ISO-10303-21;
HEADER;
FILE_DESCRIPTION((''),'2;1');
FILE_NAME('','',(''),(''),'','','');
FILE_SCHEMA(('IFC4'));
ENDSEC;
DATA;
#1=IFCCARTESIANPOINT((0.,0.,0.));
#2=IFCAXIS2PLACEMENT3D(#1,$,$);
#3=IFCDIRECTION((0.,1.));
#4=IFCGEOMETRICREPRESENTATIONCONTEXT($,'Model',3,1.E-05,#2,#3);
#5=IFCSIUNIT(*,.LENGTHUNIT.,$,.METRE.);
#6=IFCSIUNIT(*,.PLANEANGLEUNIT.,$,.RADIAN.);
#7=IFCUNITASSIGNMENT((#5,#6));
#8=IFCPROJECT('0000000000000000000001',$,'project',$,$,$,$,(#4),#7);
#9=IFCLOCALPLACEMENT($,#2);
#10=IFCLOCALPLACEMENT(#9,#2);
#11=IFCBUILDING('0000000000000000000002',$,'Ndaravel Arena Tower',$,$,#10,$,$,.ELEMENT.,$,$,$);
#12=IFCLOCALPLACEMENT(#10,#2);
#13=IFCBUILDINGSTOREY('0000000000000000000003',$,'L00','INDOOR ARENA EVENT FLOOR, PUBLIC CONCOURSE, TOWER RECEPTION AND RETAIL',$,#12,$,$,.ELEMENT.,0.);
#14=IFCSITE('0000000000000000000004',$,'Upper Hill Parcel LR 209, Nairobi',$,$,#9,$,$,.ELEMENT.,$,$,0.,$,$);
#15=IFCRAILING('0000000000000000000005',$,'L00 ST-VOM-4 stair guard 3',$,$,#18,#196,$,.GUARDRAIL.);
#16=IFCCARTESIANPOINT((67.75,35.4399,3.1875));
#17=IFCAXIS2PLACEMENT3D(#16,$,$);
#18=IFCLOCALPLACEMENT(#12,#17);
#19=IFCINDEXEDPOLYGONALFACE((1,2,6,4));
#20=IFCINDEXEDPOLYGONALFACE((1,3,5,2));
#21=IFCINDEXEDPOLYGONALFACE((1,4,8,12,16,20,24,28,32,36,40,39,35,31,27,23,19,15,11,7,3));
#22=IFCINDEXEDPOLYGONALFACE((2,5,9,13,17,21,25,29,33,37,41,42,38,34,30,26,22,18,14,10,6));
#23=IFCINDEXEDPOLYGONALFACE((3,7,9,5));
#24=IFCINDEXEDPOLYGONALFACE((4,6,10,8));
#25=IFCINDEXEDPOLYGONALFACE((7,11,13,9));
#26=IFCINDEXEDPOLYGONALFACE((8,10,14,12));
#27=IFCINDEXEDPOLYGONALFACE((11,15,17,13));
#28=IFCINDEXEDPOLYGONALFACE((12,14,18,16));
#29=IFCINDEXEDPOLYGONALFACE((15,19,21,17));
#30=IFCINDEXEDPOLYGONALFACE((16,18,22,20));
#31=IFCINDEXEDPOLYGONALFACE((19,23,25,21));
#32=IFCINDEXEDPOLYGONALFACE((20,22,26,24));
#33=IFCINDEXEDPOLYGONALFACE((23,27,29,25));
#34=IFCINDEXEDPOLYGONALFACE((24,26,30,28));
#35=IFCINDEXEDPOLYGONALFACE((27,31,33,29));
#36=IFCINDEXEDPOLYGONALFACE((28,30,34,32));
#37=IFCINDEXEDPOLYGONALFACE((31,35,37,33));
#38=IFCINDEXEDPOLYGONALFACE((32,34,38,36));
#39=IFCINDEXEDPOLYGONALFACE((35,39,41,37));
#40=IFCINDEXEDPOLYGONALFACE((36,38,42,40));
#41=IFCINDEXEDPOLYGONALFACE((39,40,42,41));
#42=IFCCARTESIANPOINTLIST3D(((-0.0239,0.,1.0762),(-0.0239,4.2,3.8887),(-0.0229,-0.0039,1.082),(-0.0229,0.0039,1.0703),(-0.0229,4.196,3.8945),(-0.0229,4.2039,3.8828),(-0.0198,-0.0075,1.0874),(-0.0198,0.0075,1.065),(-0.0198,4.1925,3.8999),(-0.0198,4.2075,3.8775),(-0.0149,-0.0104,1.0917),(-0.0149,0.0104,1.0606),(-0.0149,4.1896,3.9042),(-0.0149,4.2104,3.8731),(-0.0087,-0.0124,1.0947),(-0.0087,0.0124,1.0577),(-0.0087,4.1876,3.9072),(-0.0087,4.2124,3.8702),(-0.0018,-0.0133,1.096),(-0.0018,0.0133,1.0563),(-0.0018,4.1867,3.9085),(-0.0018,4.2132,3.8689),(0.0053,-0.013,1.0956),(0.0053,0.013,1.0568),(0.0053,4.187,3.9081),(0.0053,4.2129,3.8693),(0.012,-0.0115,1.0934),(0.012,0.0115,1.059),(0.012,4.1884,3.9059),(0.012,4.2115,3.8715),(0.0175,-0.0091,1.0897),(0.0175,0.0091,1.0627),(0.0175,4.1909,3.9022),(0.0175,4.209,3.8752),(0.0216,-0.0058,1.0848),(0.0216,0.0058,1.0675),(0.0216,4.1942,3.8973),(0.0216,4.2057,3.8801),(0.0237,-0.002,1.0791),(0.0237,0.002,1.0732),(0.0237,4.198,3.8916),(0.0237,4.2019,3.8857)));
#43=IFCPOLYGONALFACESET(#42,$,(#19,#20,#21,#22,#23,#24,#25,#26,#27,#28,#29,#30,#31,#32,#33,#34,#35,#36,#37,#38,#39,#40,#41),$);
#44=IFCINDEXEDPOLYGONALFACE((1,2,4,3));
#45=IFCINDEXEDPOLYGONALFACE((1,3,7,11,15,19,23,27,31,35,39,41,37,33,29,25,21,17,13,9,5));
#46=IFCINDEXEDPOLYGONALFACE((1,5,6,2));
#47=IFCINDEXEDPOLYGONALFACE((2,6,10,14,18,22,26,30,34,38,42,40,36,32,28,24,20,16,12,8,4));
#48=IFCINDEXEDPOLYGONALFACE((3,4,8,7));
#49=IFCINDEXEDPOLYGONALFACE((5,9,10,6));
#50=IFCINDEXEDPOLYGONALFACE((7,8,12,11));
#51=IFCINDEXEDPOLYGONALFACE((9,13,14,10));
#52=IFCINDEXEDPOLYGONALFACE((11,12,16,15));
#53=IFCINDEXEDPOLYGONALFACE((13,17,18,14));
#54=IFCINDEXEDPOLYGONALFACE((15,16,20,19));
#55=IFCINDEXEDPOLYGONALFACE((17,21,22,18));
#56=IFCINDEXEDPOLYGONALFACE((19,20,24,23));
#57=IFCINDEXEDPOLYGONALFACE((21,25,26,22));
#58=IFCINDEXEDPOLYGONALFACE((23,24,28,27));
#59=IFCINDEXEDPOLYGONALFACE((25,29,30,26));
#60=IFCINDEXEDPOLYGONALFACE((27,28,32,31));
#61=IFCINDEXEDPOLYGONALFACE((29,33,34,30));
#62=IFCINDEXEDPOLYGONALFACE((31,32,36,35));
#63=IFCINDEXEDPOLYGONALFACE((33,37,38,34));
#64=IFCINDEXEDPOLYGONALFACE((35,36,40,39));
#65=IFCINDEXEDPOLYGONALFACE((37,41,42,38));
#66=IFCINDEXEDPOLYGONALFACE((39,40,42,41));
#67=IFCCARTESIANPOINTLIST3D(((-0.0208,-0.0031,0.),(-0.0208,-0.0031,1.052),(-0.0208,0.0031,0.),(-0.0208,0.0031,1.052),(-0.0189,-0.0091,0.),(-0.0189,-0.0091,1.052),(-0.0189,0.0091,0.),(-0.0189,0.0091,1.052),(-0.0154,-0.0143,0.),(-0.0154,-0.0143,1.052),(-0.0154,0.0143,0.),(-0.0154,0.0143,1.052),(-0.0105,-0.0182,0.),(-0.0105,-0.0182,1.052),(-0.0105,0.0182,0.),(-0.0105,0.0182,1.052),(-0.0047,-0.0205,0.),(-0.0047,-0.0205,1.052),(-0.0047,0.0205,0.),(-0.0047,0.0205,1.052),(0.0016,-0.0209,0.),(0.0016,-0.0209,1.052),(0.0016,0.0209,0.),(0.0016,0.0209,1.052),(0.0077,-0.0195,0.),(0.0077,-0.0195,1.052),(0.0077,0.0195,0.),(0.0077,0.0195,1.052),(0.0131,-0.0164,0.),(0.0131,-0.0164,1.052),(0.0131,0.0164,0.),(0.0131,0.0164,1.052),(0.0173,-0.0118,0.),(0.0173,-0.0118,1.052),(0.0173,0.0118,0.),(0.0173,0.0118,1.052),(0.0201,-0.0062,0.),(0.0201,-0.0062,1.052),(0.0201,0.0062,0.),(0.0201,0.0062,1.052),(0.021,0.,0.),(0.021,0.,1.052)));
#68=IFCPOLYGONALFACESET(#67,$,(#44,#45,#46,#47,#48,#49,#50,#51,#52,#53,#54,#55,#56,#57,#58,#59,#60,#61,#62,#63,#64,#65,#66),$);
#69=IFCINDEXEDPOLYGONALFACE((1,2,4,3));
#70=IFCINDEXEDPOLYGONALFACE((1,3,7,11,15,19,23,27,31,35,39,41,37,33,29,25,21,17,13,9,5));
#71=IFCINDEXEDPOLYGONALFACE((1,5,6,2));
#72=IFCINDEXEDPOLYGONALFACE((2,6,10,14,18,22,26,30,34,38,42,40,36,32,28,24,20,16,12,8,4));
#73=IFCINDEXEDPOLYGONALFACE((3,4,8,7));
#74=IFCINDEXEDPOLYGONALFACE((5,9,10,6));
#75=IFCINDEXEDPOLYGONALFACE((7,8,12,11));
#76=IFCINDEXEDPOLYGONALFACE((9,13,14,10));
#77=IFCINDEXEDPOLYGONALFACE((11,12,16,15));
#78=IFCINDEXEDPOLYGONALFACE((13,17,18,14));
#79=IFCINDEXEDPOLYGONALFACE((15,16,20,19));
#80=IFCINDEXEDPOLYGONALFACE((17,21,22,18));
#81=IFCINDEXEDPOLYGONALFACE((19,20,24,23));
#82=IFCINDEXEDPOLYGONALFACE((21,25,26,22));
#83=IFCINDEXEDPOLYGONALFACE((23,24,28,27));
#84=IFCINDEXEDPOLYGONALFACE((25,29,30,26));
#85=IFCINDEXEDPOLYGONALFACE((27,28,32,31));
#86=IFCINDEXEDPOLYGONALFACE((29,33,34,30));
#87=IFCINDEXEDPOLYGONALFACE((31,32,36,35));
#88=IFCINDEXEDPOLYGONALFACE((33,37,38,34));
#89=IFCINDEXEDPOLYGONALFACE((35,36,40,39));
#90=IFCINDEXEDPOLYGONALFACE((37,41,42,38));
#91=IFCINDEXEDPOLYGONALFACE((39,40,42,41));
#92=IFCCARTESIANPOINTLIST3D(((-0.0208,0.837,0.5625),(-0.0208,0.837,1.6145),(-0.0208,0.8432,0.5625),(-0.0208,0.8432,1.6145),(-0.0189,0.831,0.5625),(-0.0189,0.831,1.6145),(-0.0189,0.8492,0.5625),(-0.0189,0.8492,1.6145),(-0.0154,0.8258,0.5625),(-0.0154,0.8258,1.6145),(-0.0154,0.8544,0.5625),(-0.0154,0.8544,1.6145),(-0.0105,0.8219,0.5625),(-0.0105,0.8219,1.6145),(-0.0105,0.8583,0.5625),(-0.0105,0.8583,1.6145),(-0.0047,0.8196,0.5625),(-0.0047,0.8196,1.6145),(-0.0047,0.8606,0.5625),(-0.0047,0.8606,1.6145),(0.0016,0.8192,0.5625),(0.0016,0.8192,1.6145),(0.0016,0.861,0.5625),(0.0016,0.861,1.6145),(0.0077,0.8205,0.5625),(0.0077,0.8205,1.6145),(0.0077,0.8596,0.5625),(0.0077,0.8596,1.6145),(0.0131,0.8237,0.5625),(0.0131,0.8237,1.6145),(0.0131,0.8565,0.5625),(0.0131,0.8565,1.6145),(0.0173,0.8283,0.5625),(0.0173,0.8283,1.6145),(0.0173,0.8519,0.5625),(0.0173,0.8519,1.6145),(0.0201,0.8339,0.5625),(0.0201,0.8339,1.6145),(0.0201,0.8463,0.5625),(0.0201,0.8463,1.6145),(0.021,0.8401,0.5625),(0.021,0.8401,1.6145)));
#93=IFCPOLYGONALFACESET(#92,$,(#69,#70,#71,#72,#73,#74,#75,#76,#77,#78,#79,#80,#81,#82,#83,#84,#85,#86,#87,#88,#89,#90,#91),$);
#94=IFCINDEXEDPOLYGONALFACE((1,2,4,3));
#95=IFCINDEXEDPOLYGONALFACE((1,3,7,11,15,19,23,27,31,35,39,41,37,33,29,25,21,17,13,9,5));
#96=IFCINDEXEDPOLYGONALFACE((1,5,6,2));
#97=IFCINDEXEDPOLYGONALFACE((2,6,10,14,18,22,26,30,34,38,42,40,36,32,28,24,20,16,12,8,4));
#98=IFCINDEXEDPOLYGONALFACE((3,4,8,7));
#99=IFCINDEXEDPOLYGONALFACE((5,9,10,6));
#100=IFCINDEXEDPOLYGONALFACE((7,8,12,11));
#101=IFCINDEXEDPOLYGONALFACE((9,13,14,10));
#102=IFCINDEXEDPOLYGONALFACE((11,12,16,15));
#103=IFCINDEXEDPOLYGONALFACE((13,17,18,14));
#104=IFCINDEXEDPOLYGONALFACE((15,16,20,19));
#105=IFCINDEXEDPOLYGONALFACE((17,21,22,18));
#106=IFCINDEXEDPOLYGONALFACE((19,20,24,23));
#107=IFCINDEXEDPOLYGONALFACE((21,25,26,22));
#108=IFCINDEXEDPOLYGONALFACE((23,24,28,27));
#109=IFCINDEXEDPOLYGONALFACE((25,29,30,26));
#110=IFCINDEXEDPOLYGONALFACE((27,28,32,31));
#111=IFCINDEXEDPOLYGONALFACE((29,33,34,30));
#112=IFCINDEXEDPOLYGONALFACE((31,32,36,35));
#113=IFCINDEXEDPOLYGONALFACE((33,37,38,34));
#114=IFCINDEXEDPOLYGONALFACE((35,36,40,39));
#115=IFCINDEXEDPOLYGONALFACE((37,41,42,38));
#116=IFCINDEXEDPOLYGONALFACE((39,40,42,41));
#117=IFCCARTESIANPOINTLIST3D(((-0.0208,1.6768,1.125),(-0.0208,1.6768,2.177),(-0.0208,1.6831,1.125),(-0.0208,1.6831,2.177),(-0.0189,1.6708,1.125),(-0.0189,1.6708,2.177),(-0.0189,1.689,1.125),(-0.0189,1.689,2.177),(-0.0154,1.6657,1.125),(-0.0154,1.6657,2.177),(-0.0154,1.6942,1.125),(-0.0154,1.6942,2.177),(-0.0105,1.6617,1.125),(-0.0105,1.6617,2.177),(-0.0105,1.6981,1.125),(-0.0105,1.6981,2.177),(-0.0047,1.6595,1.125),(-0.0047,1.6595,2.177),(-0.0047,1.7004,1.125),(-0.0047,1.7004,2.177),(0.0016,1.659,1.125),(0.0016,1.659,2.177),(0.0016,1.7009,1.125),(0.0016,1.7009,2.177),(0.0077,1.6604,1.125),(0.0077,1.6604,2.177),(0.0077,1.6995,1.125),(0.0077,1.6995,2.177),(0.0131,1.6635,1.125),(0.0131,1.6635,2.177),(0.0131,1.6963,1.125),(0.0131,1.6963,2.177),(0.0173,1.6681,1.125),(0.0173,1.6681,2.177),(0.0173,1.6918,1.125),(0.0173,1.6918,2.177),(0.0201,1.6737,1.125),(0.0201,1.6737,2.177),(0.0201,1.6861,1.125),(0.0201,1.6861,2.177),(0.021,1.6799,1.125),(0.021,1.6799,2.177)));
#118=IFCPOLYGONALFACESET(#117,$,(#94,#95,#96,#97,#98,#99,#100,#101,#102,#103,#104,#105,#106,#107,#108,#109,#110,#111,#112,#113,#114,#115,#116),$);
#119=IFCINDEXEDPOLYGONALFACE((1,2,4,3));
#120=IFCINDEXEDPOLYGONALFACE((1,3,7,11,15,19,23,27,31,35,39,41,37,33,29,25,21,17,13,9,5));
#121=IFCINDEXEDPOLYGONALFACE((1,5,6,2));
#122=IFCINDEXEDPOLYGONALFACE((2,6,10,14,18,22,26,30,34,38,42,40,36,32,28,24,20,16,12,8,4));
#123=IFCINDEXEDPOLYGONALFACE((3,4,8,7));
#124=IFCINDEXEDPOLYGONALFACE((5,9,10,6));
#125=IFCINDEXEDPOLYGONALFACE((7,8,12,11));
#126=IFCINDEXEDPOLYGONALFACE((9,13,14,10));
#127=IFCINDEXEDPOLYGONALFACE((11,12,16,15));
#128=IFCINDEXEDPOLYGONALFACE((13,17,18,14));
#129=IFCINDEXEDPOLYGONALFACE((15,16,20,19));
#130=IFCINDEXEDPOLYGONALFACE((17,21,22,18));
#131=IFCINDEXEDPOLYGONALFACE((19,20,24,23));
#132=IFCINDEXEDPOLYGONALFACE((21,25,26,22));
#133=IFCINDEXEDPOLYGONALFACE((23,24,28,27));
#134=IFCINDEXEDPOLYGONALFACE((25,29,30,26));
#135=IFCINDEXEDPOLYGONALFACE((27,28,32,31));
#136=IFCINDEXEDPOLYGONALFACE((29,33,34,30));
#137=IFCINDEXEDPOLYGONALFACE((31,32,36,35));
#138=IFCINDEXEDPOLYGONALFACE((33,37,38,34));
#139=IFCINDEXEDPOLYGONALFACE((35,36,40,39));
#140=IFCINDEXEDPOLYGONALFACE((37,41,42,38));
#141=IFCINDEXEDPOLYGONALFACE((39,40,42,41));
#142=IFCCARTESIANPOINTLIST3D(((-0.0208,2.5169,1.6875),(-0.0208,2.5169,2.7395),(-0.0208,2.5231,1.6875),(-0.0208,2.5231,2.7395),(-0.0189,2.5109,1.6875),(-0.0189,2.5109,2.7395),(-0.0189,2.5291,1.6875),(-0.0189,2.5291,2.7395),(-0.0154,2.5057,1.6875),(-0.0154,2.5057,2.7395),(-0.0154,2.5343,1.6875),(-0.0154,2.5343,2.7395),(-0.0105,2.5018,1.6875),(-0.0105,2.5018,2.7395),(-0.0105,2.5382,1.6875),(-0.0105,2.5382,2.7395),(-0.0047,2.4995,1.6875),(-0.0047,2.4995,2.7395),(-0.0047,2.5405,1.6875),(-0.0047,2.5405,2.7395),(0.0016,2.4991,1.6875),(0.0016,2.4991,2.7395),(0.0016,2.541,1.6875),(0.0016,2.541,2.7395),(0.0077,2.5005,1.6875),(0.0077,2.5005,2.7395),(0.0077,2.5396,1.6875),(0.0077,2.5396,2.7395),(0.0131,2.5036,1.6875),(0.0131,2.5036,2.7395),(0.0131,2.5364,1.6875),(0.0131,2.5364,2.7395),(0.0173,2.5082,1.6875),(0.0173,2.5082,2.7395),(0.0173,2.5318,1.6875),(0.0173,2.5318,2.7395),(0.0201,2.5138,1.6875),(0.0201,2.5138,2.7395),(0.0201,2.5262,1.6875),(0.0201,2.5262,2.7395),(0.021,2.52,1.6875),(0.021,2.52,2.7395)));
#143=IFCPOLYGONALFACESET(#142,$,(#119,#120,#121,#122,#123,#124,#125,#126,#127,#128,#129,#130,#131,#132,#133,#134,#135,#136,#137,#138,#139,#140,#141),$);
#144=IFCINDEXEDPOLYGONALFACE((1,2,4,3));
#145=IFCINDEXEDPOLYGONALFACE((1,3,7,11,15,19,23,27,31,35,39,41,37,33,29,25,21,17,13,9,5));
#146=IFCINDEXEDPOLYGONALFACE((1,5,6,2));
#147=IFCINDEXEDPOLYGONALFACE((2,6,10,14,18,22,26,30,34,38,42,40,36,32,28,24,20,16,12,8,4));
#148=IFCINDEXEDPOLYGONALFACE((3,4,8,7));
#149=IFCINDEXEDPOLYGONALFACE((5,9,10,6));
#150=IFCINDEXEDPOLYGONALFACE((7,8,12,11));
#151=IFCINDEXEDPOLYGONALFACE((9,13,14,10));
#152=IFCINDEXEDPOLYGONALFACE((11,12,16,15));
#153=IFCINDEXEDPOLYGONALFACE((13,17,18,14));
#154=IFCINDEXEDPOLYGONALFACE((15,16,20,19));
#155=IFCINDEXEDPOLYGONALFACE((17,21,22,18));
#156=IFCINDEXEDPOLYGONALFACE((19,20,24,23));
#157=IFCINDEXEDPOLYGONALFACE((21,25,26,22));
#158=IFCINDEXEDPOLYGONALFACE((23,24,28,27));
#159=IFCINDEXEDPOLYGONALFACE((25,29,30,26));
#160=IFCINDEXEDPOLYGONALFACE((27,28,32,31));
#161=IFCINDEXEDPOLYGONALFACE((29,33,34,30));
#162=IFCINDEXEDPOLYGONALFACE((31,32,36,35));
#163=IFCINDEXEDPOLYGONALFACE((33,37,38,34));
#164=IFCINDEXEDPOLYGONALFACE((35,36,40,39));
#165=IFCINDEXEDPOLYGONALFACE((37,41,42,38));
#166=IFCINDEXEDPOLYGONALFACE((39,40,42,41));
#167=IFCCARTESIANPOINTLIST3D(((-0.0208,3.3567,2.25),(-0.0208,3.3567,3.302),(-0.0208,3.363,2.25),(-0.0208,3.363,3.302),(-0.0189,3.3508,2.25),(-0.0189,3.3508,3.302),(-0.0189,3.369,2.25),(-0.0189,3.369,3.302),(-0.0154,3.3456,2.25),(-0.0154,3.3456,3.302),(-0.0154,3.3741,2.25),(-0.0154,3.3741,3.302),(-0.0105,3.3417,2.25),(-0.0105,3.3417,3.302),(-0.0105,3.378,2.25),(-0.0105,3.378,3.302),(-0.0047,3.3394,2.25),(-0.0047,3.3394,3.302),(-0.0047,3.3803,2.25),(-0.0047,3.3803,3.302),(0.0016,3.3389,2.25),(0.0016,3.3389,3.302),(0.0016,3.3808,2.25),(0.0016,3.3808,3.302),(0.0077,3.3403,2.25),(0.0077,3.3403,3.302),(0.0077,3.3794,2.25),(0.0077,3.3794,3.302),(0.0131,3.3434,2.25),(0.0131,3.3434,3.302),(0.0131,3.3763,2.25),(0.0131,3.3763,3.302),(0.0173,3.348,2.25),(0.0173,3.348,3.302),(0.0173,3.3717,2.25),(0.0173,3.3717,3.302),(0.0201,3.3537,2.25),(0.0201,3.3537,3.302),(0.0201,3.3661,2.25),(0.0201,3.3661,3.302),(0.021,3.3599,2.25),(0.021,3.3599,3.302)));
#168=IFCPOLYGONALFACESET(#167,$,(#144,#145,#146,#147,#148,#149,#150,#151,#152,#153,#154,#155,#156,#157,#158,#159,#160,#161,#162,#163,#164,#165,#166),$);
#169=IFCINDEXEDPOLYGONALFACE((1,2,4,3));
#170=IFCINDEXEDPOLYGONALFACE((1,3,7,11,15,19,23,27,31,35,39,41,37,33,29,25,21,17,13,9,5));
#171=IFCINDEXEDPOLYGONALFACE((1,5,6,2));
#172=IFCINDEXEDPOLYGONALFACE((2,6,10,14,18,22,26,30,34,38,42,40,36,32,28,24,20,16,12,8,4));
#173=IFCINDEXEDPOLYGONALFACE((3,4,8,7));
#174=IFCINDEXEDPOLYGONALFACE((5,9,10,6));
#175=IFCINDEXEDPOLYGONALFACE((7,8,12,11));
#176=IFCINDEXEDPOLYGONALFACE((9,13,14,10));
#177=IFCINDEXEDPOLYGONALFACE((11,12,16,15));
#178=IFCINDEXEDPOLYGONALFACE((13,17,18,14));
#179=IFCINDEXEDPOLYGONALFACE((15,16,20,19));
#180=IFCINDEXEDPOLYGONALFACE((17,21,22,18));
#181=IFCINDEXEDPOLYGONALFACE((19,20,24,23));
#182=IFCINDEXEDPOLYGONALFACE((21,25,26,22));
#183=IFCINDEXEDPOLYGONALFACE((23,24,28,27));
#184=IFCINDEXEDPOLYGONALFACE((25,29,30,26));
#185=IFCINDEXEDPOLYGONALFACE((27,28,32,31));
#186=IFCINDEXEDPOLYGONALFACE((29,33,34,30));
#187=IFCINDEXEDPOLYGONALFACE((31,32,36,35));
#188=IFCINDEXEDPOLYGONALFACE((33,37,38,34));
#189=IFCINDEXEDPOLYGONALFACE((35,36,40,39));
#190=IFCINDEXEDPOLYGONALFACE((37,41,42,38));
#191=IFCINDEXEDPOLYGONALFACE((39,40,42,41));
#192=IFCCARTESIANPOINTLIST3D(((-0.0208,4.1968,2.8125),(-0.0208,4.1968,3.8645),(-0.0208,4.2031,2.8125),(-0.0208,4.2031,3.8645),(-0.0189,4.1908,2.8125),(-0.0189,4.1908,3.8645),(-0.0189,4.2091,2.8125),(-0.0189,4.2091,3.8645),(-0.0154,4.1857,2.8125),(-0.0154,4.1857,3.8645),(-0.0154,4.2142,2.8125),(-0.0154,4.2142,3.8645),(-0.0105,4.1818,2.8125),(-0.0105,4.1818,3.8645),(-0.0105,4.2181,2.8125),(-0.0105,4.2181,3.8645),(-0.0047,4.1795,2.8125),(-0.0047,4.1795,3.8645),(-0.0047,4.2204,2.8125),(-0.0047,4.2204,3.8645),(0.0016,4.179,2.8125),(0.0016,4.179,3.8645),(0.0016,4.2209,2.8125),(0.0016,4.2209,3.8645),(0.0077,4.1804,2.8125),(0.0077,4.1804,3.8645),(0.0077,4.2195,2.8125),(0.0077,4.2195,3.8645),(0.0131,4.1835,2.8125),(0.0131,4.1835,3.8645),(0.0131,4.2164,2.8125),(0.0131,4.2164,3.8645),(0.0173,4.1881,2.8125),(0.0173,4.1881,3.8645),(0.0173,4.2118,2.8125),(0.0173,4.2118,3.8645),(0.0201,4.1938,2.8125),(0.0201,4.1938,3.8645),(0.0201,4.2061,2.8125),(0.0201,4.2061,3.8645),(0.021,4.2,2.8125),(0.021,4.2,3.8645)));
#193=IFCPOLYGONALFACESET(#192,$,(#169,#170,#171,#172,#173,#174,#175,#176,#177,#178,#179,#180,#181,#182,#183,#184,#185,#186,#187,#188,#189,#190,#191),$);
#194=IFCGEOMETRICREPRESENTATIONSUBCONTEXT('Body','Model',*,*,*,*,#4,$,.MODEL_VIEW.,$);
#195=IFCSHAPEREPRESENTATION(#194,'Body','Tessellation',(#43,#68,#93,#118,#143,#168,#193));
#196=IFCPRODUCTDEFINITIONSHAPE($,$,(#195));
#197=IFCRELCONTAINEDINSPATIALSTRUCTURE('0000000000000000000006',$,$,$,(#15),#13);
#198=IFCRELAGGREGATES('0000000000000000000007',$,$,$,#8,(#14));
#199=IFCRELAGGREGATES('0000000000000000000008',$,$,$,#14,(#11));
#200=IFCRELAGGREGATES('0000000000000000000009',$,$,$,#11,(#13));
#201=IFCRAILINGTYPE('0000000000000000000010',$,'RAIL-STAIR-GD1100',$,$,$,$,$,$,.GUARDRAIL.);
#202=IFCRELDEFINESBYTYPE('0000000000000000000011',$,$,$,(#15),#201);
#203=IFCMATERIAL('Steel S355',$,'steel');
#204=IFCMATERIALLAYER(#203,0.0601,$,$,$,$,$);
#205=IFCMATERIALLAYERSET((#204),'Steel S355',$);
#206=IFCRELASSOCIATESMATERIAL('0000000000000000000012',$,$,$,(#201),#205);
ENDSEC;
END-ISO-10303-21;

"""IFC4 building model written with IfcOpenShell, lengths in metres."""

from ifc_helpers import new_model, si_unit, direction, frame, origin, origin_2d, place, context, subcontext, project, spatial, circle, extrude, material, layer, layer_set, type_object, element, save


model = new_model("IFC4")

# Units and contexts
model_context = context("Model", 3, precision=1e-05, world=origin(), true_north=direction((0.0, 1.0)))
body_context = subcontext(model_context, "Body", "Model", "MODEL_VIEW")
ifc_project = project(units=[si_unit("LENGTHUNIT", "METRE"), si_unit("PLANEANGLEUNIT", "RADIAN")], contexts=[model_context])

# Site, building, storey
site_placement = place(None, origin())
site = spatial("IfcSite", under=ifc_project, at=site_placement, Name="Upper Hill Parcel LR 209, Nairobi", CompositionType="ELEMENT", RefElevation=0.0)
building_placement = place(site_placement, origin())
building = spatial("IfcBuilding", under=site, at=building_placement, Name="Ndaravel Arena Tower", CompositionType="ELEMENT")
storey_placement = place(building_placement, origin())
storey = spatial("IfcBuildingStorey", under=building, at=storey_placement, Name="L00", Description="INDOOR ARENA EVENT FLOOR, PUBLIC CONCOURSE, TOWER RECEPTION AND RETAIL", CompositionType="ELEMENT", Elevation=0.0)

# Railing
ifc_material_1 = material(Name="Steel S355", Category="steel")
ifc_layer_1 = layer(ifc_material_1, 0.0601)
ifc_layer_set_1 = layer_set([ifc_layer_1], Name="Steel S355")
railing_type_1 = type_object("IfcRailingType", Name="RAIL-STAIR-GD1100", PredefinedType="GUARDRAIL", material=ifc_layer_set_1)
railing_1_placement = place(storey_placement, frame((67.75, 35.4399, 3.1875)))
element("IfcRailing", 1, at=railing_1_placement, inside=storey, type_object=railing_type_1, Name="L00 ST-VOM-4 stair guard 3", PredefinedType="GUARDRAIL", context=body_context, shape_type="SweptSolid", body=[
    extrude(circle(Radius=0.0239, at=origin_2d()), frame((0.0, 0.0, 1.0762), z_axis=(0.0, 0.830904, 0.556416), x_axis=(-1.0, 0.0, 0.0)), (0.0, 0.0, 1.0), 5.0547),
    extrude(circle(Radius=0.021, at=origin_2d()), origin(), (0.0, 0.0, 1.0), 1.052),
    extrude(circle(Radius=0.021, at=origin_2d()), frame((0.0, 0.8401, 0.5625)), (0.0, 0.0, 1.0), 1.052),
    extrude(circle(Radius=0.021, at=origin_2d()), frame((0.0, 1.6799, 1.125)), (0.0, 0.0, 1.0), 1.052),
    extrude(circle(Radius=0.021, at=origin_2d()), frame((0.0, 2.52, 1.6875)), (0.0, 0.0, 1.0), 1.052),
    extrude(circle(Radius=0.021, at=origin_2d()), frame((0.0, 3.3599, 2.25)), (0.0, 0.0, 1.0), 1.052),
    extrude(circle(Radius=0.021, at=origin_2d()), frame((0.0, 4.2, 2.8125)), (0.0, 0.0, 1.0), 1.052),
])

save(model, "model.ifc")
